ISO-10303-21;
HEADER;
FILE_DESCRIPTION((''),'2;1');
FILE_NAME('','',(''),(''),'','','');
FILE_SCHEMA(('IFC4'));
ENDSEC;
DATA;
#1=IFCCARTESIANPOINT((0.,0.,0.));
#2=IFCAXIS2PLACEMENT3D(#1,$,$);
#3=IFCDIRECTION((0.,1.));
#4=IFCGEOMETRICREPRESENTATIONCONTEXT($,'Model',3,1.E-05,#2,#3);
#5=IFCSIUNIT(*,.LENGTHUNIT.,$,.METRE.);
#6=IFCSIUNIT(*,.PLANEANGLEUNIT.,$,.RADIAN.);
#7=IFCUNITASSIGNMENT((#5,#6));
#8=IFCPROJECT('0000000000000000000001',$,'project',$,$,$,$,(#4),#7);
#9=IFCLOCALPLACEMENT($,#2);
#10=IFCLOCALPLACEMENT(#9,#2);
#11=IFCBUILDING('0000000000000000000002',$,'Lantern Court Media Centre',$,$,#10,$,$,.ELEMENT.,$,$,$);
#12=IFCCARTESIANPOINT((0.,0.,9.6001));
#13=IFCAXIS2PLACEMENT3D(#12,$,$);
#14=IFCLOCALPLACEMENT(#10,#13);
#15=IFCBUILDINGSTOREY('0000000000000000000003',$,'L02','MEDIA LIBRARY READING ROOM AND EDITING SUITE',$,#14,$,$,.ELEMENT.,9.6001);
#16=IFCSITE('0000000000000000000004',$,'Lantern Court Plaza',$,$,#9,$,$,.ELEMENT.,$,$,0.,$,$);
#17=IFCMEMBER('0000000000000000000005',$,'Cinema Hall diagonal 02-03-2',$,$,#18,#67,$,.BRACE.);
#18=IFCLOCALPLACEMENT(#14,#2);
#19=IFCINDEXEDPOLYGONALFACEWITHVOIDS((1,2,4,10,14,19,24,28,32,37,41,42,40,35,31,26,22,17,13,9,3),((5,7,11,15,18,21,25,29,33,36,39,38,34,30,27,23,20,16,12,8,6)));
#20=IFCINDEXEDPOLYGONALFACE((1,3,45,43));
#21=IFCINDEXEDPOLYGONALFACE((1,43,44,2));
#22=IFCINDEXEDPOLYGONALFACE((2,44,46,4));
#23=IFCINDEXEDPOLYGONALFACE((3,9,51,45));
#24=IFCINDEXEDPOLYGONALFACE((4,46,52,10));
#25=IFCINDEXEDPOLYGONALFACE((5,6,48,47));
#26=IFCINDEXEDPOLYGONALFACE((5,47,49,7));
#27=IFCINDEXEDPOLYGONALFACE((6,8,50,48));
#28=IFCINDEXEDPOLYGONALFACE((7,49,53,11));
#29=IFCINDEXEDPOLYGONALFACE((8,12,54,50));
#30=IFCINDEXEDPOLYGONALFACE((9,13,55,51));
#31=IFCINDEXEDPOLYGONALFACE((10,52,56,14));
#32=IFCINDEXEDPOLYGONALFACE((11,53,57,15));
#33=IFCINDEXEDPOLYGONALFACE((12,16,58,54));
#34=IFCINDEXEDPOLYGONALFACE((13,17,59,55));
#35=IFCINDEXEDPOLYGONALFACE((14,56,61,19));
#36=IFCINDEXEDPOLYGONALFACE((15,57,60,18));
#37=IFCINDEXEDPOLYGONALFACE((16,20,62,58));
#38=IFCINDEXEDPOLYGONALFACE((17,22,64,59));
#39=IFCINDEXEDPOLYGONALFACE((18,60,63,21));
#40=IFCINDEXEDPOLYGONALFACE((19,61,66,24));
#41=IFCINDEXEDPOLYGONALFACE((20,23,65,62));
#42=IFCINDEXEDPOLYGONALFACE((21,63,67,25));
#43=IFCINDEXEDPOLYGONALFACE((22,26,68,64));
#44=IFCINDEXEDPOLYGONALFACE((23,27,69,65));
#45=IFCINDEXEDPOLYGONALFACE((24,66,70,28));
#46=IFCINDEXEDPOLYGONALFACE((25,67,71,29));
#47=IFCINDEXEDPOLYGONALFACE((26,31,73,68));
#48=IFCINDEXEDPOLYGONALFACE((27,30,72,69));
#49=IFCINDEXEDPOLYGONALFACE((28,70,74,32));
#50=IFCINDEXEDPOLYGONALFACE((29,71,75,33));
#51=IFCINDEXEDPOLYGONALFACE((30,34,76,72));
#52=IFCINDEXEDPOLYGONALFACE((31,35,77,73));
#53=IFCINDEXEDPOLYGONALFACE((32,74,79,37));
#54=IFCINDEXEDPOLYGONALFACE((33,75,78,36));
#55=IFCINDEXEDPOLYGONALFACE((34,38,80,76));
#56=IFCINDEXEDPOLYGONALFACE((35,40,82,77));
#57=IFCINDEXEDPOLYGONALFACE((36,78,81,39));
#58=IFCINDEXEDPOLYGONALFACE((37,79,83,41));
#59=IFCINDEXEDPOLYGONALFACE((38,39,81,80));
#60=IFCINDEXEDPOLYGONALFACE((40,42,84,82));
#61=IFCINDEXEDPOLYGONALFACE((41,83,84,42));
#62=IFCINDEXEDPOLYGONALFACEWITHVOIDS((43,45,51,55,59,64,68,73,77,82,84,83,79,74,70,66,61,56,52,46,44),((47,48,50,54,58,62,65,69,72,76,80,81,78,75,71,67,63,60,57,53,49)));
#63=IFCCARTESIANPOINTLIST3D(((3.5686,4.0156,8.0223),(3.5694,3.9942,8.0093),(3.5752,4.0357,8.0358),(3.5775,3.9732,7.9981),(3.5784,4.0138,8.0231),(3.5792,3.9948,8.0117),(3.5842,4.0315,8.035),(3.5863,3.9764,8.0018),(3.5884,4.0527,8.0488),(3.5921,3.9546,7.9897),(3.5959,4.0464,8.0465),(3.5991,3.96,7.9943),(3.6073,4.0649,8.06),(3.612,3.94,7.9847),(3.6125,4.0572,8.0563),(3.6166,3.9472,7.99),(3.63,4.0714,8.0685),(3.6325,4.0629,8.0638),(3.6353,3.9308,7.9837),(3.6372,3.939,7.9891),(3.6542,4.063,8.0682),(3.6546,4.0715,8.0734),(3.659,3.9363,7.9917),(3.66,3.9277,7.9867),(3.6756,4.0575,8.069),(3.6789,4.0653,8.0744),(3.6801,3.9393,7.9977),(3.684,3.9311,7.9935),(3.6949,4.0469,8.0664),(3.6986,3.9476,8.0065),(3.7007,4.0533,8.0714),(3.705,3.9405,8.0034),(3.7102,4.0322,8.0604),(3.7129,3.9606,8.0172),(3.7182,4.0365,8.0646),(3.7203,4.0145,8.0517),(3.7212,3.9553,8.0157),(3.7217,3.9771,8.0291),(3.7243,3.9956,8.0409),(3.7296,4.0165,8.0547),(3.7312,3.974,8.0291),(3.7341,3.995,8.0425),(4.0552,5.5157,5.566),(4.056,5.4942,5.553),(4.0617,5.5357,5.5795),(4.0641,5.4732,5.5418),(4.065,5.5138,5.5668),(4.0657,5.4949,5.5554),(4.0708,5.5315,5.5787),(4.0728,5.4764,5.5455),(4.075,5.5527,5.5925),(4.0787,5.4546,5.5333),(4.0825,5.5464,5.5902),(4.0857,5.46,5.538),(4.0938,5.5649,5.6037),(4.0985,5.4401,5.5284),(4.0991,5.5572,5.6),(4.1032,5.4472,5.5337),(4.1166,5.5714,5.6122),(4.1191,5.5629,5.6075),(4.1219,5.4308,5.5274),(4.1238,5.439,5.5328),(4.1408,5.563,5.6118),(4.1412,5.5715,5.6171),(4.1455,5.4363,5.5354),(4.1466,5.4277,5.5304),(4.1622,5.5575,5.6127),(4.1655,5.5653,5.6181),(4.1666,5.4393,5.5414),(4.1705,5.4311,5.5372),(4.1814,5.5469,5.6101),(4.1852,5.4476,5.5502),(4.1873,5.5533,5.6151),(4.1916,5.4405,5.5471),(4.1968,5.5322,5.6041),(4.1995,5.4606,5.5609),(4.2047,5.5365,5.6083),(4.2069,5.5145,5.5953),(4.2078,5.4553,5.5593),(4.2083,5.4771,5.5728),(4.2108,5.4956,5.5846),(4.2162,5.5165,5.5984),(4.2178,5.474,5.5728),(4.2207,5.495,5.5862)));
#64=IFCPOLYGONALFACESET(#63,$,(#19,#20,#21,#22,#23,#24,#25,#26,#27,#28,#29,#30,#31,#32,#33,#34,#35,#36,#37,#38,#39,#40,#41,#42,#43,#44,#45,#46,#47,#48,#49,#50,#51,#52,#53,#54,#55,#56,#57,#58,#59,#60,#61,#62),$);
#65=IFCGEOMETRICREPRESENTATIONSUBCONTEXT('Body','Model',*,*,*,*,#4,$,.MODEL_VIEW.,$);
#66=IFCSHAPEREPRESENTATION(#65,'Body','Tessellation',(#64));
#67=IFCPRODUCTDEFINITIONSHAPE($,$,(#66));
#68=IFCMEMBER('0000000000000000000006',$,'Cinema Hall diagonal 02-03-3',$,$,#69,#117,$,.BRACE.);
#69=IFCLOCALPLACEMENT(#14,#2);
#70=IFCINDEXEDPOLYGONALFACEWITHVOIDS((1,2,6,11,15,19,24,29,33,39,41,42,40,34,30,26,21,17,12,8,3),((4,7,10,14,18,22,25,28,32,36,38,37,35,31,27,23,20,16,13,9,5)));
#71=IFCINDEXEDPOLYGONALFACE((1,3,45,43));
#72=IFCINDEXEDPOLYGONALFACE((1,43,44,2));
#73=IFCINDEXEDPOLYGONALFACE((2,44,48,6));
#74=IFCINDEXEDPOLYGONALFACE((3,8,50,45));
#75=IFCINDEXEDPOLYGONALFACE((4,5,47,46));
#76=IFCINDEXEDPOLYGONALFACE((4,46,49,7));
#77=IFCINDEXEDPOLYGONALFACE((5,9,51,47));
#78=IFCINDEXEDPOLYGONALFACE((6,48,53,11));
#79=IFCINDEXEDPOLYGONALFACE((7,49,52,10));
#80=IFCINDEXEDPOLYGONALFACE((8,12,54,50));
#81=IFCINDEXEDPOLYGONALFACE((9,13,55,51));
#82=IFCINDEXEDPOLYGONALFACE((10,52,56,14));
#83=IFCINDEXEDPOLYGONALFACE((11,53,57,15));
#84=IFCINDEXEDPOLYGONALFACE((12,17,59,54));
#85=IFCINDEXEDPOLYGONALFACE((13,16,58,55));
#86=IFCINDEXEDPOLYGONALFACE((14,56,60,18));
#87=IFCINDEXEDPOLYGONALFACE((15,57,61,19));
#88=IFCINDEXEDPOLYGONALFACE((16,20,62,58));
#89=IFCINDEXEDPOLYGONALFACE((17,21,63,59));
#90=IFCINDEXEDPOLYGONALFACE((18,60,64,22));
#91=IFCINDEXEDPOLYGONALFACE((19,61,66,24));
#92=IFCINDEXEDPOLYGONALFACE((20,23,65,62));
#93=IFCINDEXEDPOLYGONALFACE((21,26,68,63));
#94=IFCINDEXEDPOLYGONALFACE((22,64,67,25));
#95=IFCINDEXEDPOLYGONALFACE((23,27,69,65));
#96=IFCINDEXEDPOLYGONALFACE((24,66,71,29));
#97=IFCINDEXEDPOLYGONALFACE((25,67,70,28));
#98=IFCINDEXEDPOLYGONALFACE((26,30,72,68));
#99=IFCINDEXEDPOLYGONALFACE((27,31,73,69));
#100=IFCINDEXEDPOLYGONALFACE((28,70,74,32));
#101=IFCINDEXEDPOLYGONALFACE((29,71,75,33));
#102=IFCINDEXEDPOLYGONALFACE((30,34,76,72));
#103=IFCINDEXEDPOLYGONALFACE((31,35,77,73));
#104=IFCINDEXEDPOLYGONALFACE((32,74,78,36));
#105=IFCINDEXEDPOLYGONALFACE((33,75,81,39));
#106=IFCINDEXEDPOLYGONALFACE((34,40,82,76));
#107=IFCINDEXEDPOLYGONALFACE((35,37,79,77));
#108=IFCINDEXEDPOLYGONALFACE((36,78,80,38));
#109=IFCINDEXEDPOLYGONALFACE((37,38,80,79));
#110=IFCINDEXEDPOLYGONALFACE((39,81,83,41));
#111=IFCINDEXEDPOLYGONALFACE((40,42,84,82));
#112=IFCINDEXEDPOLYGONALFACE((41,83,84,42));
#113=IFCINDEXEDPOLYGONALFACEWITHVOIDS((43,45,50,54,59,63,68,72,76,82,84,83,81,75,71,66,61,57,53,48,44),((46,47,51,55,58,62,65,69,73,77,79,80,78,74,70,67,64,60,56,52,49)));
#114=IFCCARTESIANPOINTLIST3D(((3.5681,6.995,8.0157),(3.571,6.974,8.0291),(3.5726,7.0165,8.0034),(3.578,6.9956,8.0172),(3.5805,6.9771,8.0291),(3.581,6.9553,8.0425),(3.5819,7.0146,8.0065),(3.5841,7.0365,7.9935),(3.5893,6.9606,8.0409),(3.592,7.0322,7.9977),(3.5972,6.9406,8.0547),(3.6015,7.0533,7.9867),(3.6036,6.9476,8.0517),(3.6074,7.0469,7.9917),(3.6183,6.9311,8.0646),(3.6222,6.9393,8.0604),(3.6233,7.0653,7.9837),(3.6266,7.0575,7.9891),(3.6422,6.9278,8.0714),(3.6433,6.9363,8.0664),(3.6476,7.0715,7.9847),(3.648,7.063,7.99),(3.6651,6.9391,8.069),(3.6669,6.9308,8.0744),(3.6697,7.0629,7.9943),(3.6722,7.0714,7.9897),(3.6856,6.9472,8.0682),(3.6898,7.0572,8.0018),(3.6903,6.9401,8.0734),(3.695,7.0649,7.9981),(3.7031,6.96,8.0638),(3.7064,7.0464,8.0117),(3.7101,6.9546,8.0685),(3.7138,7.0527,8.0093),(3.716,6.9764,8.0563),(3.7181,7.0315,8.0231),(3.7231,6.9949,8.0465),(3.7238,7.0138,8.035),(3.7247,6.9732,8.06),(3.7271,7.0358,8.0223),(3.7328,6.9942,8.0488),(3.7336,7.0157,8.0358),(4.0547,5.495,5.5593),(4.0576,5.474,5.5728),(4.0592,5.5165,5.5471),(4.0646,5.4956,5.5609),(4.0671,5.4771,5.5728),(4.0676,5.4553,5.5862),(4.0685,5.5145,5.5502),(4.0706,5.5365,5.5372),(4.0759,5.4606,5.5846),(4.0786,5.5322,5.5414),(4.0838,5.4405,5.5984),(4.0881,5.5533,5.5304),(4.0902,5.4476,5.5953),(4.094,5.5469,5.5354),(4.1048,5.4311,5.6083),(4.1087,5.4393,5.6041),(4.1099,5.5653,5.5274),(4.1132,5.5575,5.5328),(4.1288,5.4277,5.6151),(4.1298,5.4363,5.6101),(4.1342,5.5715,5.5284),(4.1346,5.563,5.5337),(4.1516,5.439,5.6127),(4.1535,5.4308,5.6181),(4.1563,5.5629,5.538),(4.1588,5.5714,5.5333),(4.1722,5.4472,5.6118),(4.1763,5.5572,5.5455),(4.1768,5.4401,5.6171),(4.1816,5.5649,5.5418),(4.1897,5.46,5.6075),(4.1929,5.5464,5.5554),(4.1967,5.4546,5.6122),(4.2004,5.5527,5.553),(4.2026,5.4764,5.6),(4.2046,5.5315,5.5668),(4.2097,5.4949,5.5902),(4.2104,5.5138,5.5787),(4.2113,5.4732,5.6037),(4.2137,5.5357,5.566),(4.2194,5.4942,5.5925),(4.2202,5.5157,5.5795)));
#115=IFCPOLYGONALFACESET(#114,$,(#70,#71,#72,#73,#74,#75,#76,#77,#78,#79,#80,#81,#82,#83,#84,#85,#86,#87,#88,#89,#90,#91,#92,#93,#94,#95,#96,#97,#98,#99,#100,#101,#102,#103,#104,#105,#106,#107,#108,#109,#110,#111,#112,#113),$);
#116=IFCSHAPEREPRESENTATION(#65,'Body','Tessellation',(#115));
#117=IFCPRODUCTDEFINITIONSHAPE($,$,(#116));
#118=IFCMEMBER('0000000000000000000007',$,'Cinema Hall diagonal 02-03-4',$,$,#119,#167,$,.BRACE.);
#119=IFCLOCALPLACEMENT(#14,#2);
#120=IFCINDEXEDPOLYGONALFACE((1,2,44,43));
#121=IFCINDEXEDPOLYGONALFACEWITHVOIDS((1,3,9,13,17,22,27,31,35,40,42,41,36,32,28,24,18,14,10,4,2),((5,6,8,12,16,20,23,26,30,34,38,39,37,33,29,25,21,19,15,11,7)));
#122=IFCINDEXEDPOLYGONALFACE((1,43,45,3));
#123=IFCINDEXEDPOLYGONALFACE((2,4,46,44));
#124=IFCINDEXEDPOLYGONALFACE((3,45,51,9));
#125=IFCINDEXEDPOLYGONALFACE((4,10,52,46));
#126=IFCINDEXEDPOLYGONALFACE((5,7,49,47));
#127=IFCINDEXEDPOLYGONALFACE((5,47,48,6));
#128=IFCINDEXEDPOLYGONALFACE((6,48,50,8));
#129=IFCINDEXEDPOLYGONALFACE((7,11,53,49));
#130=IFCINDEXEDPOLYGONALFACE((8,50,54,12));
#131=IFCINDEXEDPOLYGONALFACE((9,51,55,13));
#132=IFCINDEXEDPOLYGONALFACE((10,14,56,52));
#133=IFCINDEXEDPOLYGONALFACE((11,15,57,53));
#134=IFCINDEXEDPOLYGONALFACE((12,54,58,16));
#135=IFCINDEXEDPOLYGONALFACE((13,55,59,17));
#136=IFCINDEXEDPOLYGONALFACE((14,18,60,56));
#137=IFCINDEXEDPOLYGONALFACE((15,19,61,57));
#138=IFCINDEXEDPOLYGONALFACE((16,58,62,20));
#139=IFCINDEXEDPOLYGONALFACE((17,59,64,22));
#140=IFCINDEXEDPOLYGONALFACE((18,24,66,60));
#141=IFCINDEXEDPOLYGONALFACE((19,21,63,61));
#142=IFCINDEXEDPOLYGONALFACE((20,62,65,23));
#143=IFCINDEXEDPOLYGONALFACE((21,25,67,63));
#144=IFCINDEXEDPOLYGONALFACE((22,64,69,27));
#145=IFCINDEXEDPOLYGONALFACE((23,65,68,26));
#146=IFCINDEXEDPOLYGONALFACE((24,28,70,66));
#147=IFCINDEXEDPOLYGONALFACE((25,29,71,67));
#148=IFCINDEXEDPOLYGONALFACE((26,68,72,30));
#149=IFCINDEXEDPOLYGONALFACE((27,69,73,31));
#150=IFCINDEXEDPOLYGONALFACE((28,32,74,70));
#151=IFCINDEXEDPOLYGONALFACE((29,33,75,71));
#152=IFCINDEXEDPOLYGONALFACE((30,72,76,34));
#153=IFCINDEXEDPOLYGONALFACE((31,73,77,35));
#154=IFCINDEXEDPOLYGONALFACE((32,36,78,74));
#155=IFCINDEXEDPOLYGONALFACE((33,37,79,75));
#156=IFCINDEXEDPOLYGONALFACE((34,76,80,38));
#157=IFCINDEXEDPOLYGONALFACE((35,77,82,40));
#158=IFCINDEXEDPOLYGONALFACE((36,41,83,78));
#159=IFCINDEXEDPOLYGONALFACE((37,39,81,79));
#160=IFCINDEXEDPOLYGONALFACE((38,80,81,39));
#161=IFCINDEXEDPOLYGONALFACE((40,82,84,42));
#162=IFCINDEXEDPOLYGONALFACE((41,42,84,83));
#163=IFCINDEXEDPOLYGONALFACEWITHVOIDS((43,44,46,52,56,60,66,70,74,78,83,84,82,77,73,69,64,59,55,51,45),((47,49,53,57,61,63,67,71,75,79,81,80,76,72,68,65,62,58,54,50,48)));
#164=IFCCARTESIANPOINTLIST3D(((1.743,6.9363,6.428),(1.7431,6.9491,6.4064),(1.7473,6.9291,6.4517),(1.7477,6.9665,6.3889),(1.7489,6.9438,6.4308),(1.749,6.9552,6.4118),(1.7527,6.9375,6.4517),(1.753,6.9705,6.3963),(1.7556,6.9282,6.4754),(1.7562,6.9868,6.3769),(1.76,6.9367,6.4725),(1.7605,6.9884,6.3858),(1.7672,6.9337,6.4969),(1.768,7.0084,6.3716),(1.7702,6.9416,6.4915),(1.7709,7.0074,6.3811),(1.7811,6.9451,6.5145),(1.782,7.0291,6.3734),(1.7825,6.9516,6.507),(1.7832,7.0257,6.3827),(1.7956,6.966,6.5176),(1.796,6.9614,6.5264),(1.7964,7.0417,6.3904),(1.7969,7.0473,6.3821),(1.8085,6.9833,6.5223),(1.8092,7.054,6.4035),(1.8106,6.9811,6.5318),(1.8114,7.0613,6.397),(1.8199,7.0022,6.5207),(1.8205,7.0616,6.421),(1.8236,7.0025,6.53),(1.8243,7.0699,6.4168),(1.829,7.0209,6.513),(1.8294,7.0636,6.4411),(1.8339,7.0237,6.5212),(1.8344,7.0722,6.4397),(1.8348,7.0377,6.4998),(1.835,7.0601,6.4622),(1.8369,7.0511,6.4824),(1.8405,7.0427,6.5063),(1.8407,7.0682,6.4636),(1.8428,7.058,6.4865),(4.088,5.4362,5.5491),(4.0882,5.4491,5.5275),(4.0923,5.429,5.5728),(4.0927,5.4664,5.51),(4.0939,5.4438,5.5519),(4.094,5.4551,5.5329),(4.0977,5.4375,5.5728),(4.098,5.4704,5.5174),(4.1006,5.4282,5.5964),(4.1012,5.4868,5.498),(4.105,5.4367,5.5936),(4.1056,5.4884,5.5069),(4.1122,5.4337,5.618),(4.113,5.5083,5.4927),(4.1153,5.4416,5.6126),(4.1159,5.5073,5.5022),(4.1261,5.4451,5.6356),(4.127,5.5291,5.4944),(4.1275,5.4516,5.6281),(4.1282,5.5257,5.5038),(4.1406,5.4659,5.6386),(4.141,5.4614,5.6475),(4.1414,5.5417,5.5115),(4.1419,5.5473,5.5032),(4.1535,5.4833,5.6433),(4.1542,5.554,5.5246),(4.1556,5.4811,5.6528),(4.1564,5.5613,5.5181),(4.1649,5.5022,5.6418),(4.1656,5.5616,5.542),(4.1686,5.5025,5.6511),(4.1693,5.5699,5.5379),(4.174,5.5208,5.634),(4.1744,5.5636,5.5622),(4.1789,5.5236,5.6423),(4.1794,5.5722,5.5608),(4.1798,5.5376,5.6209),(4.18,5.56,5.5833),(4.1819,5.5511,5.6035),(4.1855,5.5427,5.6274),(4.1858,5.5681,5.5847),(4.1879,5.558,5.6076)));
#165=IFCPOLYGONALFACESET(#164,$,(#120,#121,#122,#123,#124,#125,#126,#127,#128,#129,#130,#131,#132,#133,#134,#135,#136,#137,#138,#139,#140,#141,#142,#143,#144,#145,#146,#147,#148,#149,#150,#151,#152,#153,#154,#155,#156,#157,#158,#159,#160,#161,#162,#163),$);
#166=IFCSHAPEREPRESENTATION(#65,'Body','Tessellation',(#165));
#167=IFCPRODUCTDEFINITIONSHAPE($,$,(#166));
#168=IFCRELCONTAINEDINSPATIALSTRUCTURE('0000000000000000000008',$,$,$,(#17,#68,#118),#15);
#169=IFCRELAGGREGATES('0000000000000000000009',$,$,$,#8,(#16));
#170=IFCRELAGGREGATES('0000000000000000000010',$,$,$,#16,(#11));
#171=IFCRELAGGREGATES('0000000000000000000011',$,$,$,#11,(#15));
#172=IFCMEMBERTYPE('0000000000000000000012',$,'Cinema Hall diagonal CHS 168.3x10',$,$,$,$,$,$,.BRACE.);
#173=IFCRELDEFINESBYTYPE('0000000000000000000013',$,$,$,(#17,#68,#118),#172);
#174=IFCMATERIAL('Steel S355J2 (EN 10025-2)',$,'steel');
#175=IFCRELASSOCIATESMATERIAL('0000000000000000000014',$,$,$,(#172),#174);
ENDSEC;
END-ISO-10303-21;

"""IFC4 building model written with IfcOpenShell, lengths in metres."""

from ifc_helpers import new_model, si_unit, direction, frame, origin, origin_2d, place, context, subcontext, project, spatial, hollow_circle, extrude, material, material_profile, profile_set, type_object, element, save


model = new_model("IFC4")

# Units and contexts
model_context = context("Model", 3, precision=1e-05, world=origin(), true_north=direction((0.0, 1.0)))
body_context = subcontext(model_context, "Body", "Model", "MODEL_VIEW")
ifc_project = project(units=[si_unit("LENGTHUNIT", "METRE"), si_unit("PLANEANGLEUNIT", "RADIAN")], contexts=[model_context])

# Site, building, storey
site_placement = place(None, origin())
site = spatial("IfcSite", under=ifc_project, at=site_placement, Name="Lantern Court Plaza", CompositionType="ELEMENT", RefElevation=0.0)
building_placement = place(site_placement, origin())
building = spatial("IfcBuilding", under=site, at=building_placement, Name="Lantern Court Media Centre", CompositionType="ELEMENT")
storey_placement = place(building_placement, frame((0.0, 0.0, 9.6001)))
storey = spatial("IfcBuildingStorey", under=building, at=storey_placement, Name="L02", Description="MEDIA LIBRARY READING ROOM AND EDITING SUITE", CompositionType="ELEMENT", Elevation=9.6001)

# Members
ifc_material = material(Name="Steel S355J2 (EN 10025-2)", Category="steel")
ifc_material_profile_1 = material_profile(ifc_material, hollow_circle(Radius=0.0842, WallThickness=0.01, at=origin_2d()), Name="Cinema Hall diagonal CHS 168.3x10")
ifc_profile_set_1 = profile_set([ifc_material_profile_1], Name="Steel S355J2 (EN 10025-2)")
member_type_1 = type_object("IfcMemberType", Name="Cinema Hall diagonal CHS 168.3x10", PredefinedType="BRACE", material=ifc_profile_set_1)
for number, where, z_axis, x_axis, name in (
    (1, (4.1377, 5.5, 5.5728), (-0.166695, -0.513887, 0.841506), (0.951207, -0.308554, 0.0), "Cinema Hall diagonal 02-03-2"),
    (2, (4.1377, 5.5, 5.5728), (-0.166695, 0.513887, 0.841506), (-0.951207, -0.308554, 0.0), "Cinema Hall diagonal 02-03-3"),
):
    element("IfcMember", number, at=place(storey_placement, frame(where, z_axis=z_axis, x_axis=x_axis)), inside=storey, type_object=member_type_1, Name=name, PredefinedType="BRACE", context=body_context, shape_type="SweptSolid", body=[
        extrude(hollow_circle(Radius=0.0842, WallThickness=0.01, at=origin_2d()), origin(), (0.0, 0.0, 1.0), 2.9189),
    ])
member_1_placement = place(storey_placement, frame((4.1377, 5.5, 5.5728), z_axis=(-0.803309, 0.51385, 0.301084), x_axis=(-0.538855, -0.842399, 0.0)))
element("IfcMember", 3, at=member_1_placement, inside=storey, type_object=member_type_1, Name="Cinema Hall diagonal 02-03-4", PredefinedType="BRACE", context=body_context, shape_type="SweptSolid", body=[
    extrude(hollow_circle(Radius=0.0842, WallThickness=0.01, at=origin_2d()), origin(), (0.0, 0.0, 1.0), 2.9192),
])

save(model, "model.ifc")
